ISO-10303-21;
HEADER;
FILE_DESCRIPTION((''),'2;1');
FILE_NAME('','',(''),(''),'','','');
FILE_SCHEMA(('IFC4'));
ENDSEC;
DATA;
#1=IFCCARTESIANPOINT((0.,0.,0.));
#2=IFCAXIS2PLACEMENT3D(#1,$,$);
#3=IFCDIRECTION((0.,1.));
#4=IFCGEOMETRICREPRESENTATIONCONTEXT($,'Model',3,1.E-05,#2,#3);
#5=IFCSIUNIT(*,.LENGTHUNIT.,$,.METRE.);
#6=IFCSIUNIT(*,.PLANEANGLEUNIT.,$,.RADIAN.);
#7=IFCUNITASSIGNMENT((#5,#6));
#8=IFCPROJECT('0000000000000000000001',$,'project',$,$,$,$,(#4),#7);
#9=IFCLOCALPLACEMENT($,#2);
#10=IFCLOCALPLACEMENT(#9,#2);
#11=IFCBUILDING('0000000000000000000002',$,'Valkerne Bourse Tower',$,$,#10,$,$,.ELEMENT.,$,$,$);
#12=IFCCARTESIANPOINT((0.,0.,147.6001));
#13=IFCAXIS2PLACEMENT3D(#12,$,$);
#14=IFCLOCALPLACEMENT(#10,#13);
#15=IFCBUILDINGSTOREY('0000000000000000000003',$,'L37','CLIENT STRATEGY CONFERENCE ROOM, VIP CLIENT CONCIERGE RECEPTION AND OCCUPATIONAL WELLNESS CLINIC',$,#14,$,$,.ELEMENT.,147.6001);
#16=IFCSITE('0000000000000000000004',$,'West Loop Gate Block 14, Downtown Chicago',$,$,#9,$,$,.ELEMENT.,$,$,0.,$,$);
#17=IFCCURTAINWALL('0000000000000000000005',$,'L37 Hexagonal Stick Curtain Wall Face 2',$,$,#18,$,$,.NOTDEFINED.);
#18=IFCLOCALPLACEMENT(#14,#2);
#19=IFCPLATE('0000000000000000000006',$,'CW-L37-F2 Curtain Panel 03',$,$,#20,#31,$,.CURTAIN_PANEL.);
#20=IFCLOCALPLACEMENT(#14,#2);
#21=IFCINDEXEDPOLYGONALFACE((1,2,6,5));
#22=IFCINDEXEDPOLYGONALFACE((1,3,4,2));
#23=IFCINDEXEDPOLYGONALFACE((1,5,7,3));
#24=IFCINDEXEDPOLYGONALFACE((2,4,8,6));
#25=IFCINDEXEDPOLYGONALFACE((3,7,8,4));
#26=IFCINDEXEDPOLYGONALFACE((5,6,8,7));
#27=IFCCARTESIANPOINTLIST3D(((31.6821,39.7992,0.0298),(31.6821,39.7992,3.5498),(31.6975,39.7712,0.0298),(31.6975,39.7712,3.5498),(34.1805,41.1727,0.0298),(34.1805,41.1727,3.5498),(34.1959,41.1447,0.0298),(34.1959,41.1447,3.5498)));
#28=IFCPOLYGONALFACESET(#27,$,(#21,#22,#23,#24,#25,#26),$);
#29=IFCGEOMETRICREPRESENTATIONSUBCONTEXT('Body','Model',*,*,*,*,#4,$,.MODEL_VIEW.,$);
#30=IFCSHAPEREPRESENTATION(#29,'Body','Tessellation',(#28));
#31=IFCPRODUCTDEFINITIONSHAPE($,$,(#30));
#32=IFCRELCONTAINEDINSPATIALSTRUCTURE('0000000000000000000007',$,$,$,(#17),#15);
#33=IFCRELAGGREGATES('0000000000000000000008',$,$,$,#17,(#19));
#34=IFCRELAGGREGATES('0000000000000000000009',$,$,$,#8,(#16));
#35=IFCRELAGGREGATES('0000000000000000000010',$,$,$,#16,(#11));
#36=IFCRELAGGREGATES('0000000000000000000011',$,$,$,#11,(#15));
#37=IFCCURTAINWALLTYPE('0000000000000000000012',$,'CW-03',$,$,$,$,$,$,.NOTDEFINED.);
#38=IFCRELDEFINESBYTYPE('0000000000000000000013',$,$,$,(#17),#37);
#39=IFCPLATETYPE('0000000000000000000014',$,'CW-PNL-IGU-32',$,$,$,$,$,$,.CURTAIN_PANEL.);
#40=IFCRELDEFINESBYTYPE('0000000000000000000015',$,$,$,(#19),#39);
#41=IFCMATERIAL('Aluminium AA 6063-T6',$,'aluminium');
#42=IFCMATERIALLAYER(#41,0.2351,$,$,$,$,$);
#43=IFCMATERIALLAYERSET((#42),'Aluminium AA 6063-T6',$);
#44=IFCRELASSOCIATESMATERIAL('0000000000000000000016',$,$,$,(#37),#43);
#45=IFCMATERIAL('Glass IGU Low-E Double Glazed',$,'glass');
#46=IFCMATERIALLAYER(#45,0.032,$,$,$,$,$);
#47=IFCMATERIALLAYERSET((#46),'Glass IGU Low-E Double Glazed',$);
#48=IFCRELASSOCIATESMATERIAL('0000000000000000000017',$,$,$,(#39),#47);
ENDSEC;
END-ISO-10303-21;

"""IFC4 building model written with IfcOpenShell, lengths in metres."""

from ifc_helpers import new_model, si_unit, direction, frame, origin, origin_2d, place, context, subcontext, project, spatial, rectangle, extrude, material, layer, layer_set, type_object, element, aggregate, save


model = new_model("IFC4")

# Units and contexts
model_context = context("Model", 3, precision=1e-05, world=origin(), true_north=direction((0.0, 1.0)))
body_context = subcontext(model_context, "Body", "Model", "MODEL_VIEW")
ifc_project = project(units=[si_unit("LENGTHUNIT", "METRE"), si_unit("PLANEANGLEUNIT", "RADIAN")], contexts=[model_context])

# Site, building, storey
site_placement = place(None, origin())
site = spatial("IfcSite", under=ifc_project, at=site_placement, Name="West Loop Gate Block 14, Downtown Chicago", CompositionType="ELEMENT", RefElevation=0.0)
building_placement = place(site_placement, origin())
building = spatial("IfcBuilding", under=site, at=building_placement, Name="Valkerne Bourse Tower", CompositionType="ELEMENT")
storey_placement = place(building_placement, frame((0.0, 0.0, 147.6001)))
storey = spatial("IfcBuildingStorey", under=building, at=storey_placement, Name="L37", Description="CLIENT STRATEGY CONFERENCE ROOM, VIP CLIENT CONCIERGE RECEPTION AND OCCUPATIONAL WELLNESS CLINIC", CompositionType="ELEMENT", Elevation=147.6001)

# Curtain wall
ifc_material_1 = material(Name="Aluminium AA 6063-T6", Category="aluminium")
ifc_layer_1 = layer(ifc_material_1, 0.2351)
ifc_layer_set_1 = layer_set([ifc_layer_1], Name="Aluminium AA 6063-T6")
curtain_wall_type = type_object("IfcCurtainWallType", Name="CW-03", PredefinedType="NOTDEFINED", material=ifc_layer_set_1)
curtain_wall_placement = place(storey_placement, origin())
curtain_wall = element("IfcCurtainWall", 1, at=curtain_wall_placement, inside=storey, type_object=curtain_wall_type, Name="L37 Hexagonal Stick Curtain Wall Face 2", PredefinedType="NOTDEFINED")

# Plate
ifc_material_2 = material(Name="Glass IGU Low-E Double Glazed", Category="glass")
ifc_layer_2 = layer(ifc_material_2, 0.032)
ifc_layer_set_2 = layer_set([ifc_layer_2], Name="Glass IGU Low-E Double Glazed")
plate_type = type_object("IfcPlateType", Name="CW-PNL-IGU-32", PredefinedType="CURTAIN_PANEL", material=ifc_layer_set_2)
plate_1_placement = place(storey_placement, frame((32.939, 40.4719, 0.0298), z_axis=(0.0, 0.0, 1.0), x_axis=(-0.876309, -0.48175, 0.0)))
plate_1 = element("IfcPlate", 2, at=plate_1_placement, type_object=plate_type, Name="CW-L37-F2 Curtain Panel 03", PredefinedType="CURTAIN_PANEL", context=body_context, shape_type="SweptSolid", body=[
    extrude(rectangle(XDim=2.8511, YDim=0.032, at=origin_2d()), origin(), (0.0, 0.0, 1.0), 3.52),
])
aggregate(curtain_wall, [plate_1])

save(model, "model.ifc")
